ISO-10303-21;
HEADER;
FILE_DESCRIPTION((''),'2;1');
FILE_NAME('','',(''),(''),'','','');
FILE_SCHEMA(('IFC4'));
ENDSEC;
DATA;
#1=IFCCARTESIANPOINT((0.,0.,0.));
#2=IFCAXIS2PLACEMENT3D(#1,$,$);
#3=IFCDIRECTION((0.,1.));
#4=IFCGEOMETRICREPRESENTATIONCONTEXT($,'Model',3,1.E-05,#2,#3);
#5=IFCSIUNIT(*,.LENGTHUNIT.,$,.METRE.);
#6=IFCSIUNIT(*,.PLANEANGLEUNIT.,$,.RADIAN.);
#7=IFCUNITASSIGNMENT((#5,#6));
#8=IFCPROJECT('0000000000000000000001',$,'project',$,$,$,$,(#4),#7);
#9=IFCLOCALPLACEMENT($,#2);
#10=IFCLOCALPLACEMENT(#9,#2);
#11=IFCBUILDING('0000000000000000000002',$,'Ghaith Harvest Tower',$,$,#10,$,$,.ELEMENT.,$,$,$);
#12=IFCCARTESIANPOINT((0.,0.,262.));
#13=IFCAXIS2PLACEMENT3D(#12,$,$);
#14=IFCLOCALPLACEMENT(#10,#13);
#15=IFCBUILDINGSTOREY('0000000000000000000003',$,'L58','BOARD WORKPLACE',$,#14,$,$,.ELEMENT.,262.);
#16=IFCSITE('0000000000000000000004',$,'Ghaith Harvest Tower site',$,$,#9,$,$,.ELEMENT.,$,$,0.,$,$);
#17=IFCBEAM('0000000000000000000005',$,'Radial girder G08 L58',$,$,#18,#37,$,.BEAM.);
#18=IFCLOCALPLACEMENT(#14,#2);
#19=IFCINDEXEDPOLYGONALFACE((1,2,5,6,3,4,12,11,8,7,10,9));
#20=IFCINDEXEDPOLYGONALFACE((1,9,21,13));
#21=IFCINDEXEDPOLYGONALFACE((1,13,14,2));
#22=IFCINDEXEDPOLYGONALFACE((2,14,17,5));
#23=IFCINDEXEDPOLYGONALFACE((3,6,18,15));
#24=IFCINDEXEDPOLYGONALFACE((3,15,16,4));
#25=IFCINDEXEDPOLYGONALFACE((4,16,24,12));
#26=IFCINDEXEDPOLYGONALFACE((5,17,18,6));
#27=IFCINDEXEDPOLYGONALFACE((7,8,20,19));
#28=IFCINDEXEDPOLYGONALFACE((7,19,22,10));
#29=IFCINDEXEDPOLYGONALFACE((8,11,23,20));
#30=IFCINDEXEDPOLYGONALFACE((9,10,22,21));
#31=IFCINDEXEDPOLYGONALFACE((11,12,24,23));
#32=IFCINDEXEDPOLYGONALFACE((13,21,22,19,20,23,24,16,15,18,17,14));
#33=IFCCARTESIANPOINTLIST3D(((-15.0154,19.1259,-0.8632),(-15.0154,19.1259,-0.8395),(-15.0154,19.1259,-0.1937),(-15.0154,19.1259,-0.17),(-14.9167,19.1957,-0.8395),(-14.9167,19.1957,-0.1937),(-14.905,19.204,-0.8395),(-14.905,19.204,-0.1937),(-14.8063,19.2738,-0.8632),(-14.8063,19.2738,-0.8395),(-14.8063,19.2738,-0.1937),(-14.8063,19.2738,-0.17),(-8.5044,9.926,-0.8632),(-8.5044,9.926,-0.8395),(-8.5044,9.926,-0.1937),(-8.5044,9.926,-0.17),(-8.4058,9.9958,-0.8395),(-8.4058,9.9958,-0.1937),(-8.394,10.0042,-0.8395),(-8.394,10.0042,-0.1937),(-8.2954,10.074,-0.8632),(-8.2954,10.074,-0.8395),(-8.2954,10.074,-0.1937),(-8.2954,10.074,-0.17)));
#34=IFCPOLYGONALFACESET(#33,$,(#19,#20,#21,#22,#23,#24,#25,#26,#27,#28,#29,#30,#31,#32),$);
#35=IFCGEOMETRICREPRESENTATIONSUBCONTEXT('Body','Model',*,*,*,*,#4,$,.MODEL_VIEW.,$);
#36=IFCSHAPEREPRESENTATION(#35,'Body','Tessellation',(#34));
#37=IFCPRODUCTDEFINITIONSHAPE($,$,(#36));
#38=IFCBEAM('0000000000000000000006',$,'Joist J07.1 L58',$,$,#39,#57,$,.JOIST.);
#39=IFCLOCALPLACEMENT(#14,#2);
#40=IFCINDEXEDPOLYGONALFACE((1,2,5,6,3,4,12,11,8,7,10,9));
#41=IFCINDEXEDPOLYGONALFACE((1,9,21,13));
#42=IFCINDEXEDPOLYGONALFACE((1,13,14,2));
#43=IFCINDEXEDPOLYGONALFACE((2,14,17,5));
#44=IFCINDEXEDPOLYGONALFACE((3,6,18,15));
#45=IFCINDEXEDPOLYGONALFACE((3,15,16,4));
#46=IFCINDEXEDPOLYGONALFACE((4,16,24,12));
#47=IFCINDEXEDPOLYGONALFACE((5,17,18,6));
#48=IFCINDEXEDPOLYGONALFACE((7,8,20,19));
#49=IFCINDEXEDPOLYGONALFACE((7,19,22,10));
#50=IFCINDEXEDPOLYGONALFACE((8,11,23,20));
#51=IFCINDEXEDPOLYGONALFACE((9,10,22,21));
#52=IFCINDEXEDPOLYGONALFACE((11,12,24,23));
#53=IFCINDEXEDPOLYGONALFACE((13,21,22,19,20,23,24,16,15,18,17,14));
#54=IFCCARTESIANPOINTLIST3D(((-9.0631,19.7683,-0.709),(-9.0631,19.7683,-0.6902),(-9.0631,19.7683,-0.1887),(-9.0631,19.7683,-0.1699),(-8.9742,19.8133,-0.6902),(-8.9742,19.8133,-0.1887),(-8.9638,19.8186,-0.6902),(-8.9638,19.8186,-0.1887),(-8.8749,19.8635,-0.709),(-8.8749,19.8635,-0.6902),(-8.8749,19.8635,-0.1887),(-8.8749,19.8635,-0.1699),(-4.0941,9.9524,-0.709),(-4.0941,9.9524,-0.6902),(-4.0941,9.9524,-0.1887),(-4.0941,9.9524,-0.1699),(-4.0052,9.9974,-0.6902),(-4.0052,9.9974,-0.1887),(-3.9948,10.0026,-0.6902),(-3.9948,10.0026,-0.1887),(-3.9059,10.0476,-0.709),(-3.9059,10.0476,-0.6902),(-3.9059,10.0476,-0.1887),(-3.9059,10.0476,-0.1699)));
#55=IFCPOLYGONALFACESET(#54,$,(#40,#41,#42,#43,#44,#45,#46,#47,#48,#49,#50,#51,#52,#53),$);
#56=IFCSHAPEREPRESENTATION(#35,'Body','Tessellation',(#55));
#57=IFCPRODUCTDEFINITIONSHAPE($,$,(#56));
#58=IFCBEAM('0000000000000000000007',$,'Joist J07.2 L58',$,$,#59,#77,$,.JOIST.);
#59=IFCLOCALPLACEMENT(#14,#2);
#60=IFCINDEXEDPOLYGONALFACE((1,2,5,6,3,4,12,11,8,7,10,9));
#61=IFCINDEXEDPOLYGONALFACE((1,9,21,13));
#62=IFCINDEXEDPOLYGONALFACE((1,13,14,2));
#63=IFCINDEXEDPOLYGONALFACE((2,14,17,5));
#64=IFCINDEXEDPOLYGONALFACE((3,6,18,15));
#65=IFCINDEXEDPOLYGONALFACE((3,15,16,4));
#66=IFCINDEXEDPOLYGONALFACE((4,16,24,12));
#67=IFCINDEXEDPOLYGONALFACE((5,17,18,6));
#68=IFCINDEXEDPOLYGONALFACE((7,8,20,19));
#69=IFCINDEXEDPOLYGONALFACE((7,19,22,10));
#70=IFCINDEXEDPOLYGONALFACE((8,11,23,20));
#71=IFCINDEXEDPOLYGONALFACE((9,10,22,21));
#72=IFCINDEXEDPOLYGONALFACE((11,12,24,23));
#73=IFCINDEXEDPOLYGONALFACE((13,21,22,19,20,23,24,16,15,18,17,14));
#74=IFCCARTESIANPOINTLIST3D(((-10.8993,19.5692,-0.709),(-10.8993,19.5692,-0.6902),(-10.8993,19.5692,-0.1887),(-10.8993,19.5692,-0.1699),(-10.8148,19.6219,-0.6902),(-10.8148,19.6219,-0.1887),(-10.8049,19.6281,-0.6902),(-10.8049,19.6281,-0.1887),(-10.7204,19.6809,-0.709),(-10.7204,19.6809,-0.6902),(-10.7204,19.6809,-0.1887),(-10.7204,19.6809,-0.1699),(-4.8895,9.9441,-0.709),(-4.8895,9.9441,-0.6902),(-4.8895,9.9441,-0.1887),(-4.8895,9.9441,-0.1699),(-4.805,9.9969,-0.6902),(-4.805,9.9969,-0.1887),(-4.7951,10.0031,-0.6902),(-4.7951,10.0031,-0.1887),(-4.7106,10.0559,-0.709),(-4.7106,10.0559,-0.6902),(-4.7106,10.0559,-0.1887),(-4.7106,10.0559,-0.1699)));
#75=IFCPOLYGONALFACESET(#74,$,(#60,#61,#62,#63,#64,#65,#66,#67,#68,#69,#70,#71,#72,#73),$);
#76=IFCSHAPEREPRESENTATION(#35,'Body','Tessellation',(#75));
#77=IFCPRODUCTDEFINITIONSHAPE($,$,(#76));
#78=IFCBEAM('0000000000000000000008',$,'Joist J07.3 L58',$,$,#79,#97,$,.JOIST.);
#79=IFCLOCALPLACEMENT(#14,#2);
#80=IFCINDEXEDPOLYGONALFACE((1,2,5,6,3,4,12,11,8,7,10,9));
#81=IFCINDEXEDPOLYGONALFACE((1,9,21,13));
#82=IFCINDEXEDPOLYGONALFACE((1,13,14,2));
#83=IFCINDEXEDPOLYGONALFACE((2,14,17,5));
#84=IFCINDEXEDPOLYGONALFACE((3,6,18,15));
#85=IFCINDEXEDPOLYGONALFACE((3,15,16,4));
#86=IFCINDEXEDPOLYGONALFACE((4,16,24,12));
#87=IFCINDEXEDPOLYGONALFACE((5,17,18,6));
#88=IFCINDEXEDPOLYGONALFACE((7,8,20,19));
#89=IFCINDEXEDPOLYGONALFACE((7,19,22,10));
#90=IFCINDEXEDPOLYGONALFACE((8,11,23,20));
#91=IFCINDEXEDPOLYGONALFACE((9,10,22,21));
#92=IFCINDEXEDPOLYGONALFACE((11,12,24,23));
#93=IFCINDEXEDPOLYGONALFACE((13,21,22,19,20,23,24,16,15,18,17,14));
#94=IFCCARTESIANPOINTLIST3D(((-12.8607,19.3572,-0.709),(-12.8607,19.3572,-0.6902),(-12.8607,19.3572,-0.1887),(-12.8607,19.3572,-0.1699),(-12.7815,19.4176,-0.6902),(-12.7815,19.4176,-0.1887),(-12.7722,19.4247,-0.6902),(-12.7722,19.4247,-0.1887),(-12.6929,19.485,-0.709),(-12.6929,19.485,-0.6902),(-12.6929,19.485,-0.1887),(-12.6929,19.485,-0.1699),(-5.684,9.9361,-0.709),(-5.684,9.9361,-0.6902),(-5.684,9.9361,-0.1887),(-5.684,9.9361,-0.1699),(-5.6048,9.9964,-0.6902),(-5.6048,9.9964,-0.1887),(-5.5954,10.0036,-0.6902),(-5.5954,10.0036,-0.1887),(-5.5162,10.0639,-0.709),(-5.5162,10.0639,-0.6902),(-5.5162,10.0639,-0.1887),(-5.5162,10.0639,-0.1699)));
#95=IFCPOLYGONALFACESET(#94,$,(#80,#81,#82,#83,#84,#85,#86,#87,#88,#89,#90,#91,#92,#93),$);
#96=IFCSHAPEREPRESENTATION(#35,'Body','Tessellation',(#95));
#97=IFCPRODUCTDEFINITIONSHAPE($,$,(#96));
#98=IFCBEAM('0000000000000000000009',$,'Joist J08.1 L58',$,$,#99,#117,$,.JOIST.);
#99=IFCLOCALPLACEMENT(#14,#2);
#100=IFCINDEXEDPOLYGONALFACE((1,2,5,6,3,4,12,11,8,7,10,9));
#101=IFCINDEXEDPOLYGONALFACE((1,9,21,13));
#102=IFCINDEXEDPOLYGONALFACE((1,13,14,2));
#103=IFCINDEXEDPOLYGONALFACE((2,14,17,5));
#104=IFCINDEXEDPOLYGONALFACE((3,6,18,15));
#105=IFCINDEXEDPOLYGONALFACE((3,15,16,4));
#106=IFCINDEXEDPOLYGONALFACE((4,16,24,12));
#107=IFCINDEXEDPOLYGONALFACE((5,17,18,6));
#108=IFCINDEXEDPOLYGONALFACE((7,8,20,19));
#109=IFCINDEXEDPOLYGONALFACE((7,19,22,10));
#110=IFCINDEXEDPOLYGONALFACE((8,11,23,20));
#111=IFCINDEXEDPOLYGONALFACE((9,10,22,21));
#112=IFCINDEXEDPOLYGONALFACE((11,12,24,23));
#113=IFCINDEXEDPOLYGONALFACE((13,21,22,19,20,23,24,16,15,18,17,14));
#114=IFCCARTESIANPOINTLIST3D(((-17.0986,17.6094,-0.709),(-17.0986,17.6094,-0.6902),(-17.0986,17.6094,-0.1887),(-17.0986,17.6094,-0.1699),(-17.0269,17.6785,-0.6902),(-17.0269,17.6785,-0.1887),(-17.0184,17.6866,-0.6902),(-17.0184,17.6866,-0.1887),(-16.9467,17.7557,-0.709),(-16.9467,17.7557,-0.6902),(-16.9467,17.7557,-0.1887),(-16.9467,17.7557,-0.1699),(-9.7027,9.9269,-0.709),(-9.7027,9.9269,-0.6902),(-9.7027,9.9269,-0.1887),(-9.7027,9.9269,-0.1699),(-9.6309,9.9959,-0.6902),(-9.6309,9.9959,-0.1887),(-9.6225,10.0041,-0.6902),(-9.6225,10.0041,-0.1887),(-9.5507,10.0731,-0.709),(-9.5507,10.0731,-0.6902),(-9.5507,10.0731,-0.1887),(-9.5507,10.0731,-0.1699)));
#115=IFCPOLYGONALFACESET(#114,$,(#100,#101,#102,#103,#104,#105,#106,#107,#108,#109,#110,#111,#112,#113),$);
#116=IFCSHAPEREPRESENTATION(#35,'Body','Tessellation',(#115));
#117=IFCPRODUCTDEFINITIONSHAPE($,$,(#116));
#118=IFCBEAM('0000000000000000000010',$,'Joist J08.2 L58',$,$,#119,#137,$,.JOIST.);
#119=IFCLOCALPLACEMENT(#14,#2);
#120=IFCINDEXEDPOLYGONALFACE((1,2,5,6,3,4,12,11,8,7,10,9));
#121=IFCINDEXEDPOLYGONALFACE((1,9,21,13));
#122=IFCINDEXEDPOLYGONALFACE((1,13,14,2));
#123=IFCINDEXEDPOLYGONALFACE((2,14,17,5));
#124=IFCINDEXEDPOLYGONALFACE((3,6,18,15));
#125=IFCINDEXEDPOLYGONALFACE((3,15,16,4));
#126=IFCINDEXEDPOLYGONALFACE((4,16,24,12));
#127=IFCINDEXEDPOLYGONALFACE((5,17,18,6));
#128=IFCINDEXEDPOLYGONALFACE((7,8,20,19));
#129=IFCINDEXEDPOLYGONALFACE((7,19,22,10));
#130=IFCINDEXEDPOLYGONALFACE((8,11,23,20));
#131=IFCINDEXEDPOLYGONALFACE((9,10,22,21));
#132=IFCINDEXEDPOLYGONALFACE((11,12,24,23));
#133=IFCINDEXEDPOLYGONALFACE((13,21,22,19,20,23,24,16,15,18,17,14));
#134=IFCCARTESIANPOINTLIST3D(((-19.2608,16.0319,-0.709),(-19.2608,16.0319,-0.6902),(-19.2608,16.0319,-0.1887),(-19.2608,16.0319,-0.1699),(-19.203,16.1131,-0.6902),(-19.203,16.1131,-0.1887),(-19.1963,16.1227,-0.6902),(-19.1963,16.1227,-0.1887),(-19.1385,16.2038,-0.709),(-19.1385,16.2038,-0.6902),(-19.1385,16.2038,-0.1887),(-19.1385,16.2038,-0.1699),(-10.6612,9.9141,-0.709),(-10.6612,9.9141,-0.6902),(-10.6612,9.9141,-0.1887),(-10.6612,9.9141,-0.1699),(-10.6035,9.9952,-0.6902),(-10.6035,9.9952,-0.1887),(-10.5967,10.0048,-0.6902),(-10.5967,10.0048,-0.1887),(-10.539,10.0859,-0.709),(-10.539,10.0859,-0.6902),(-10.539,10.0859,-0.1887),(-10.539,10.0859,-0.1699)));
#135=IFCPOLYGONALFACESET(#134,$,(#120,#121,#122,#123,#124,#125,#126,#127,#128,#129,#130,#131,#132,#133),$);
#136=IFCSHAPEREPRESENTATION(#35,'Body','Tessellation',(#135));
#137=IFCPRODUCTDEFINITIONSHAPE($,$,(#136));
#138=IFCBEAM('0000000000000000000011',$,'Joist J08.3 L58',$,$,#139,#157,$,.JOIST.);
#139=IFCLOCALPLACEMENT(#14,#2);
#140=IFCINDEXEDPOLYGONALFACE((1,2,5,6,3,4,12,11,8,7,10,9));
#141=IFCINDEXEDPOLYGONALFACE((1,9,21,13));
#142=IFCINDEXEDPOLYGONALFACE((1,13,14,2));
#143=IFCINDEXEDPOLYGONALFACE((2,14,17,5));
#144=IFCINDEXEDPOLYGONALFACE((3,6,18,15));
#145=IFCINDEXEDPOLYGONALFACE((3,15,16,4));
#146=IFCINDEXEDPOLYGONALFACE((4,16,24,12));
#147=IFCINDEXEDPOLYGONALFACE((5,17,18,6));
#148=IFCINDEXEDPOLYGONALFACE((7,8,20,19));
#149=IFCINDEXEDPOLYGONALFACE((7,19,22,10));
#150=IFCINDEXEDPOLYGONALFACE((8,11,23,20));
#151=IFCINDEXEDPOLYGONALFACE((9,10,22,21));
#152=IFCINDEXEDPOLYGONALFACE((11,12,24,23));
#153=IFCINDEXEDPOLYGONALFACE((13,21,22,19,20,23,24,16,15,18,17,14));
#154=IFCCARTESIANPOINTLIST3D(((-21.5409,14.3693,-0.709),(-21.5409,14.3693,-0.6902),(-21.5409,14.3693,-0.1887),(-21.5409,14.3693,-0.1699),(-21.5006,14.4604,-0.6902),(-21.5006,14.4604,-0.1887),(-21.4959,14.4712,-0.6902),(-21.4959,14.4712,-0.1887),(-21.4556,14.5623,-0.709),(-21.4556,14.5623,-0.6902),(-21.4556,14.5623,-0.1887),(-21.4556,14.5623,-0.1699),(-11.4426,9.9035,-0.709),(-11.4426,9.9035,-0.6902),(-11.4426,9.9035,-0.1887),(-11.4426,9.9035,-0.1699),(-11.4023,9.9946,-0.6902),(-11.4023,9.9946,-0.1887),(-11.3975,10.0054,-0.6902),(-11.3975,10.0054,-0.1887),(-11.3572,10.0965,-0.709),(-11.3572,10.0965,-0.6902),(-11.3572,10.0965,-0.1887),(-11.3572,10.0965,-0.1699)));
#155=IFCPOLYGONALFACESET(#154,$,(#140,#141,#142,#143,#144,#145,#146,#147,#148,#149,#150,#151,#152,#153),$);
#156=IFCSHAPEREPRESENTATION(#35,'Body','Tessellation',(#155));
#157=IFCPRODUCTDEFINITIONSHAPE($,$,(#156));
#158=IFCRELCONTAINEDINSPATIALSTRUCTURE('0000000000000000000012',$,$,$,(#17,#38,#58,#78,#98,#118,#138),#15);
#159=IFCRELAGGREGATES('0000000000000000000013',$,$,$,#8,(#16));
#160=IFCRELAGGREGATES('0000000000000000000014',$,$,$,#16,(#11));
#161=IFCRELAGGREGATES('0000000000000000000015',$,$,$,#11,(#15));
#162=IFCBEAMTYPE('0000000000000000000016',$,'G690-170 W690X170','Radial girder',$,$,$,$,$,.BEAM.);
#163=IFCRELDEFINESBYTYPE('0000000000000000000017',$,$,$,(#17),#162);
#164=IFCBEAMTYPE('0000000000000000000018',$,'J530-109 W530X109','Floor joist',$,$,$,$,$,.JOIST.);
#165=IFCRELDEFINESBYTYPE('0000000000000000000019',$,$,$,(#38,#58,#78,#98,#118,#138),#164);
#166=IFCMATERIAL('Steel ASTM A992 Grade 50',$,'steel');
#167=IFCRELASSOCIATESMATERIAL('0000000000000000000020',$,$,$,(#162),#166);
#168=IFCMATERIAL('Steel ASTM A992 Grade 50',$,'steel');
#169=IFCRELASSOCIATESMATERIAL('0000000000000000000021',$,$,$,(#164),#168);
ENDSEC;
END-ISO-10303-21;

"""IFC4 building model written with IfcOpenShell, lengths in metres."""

from ifc_helpers import new_model, si_unit, direction, frame, origin, origin_2d, place, context, subcontext, project, spatial, i_section, extrude, material, material_profile, profile_set, type_object, element, save


model = new_model("IFC4")

# Units and contexts
model_context = context("Model", 3, precision=1e-05, world=origin(), true_north=direction((0.0, 1.0)))
body_context = subcontext(model_context, "Body", "Model", "MODEL_VIEW")
ifc_project = project(units=[si_unit("LENGTHUNIT", "METRE"), si_unit("PLANEANGLEUNIT", "RADIAN")], contexts=[model_context])

# Site, building, storey
site_placement = place(None, origin())
site = spatial("IfcSite", under=ifc_project, at=site_placement, Name="Ghaith Harvest Tower site", CompositionType="ELEMENT", RefElevation=0.0)
building_placement = place(site_placement, origin())
building = spatial("IfcBuilding", under=site, at=building_placement, Name="Ghaith Harvest Tower", CompositionType="ELEMENT")
storey_placement = place(building_placement, frame((0.0, 0.0, 262.0)))
storey = spatial("IfcBuildingStorey", under=building, at=storey_placement, Name="L58", Description="BOARD WORKPLACE", CompositionType="ELEMENT", Elevation=262.0)

# Beams
ifc_material_1 = material(Name="Steel ASTM A992 Grade 50", Category="steel")
ifc_material_profile_1 = material_profile(ifc_material_1, i_section(OverallWidth=0.2561, OverallDepth=0.6931, WebThickness=0.0144, FlangeThickness=0.0237, at=origin_2d()), Name="W690X170")
ifc_profile_set_1 = profile_set([ifc_material_profile_1], Name="Steel ASTM A992 Grade 50")
beam_type_1 = type_object("IfcBeamType", Name="G690-170 W690X170", Description="Radial girder", PredefinedType="BEAM", material=ifc_profile_set_1)
beam_1_placement = place(storey_placement, frame((-8.3999, 10.0, -0.5166), z_axis=(-0.577684, 0.816261, 0.0), x_axis=(-0.816261, -0.577684, 0.0)))
element("IfcBeam", 1, at=beam_1_placement, inside=storey, type_object=beam_type_1, Name="Radial girder G08 L58", PredefinedType="BEAM", context=body_context, shape_type="SweptSolid", body=[
    extrude(i_section(OverallWidth=0.2561, OverallDepth=0.6931, WebThickness=0.0144, FlangeThickness=0.0237, at=origin_2d()), origin(), (0.0, 0.0, 1.0), 11.2708),
])
ifc_material_2 = material(Name="Steel ASTM A992 Grade 50", Category="steel")
ifc_material_profile_2 = material_profile(ifc_material_2, i_section(OverallWidth=0.2109, OverallDepth=0.5391, WebThickness=0.0117, FlangeThickness=0.0188, at=origin_2d()), Name="W530X109")
ifc_profile_set_2 = profile_set([ifc_material_profile_2], Name="Steel ASTM A992 Grade 50")
beam_type_2 = type_object("IfcBeamType", Name="J530-109 W530X109", Description="Floor joist", PredefinedType="JOIST", material=ifc_profile_set_2)
beam_2_placement = place(storey_placement, frame((-4.0, 10.0, -0.4395), z_axis=(-0.451646, 0.892197, 0.0), x_axis=(-0.892197, -0.451646, 0.0)))
element("IfcBeam", 2, at=beam_2_placement, inside=storey, type_object=beam_type_2, Name="Joist J07.1 L58", PredefinedType="JOIST", context=body_context, shape_type="SweptSolid", body=[
    extrude(i_section(OverallWidth=0.2109, OverallDepth=0.5391, WebThickness=0.0117, FlangeThickness=0.0188, at=origin_2d()), origin(), (0.0, 0.0, 1.0), 11.002),
])
beam_3_placement = place(storey_placement, frame((-4.8, 10.0, -0.4395), z_axis=(-0.529628, 0.84823, 0.0), x_axis=(-0.84823, -0.529628, 0.0)))
element("IfcBeam", 3, at=beam_3_placement, inside=storey, type_object=beam_type_2, Name="Joist J07.2 L58", PredefinedType="JOIST", context=body_context, shape_type="SweptSolid", body=[
    extrude(i_section(OverallWidth=0.2109, OverallDepth=0.5391, WebThickness=0.0117, FlangeThickness=0.0188, at=origin_2d()), origin(), (0.0, 0.0, 1.0), 11.3472),
])
beam_4_placement = place(storey_placement, frame((-5.6001, 10.0, -0.4395), z_axis=(-0.605976, 0.795483, 0.0), x_axis=(-0.795483, -0.605976, 0.0)))
element("IfcBeam", 4, at=beam_4_placement, inside=storey, type_object=beam_type_2, Name="Joist J07.3 L58", PredefinedType="JOIST", context=body_context, shape_type="SweptSolid", body=[
    extrude(i_section(OverallWidth=0.2109, OverallDepth=0.5391, WebThickness=0.0117, FlangeThickness=0.0188, at=origin_2d()), origin(), (0.0, 0.0, 1.0), 11.8433),
])
beam_5_placement = place(storey_placement, frame((-9.6267, 10.0, -0.4395), z_axis=(-0.69354, 0.720418, 0.0), x_axis=(-0.720418, -0.69354, 0.0)))
element("IfcBeam", 5, at=beam_5_placement, inside=storey, type_object=beam_type_2, Name="Joist J08.1 L58", PredefinedType="JOIST", context=body_context, shape_type="SweptSolid", body=[
    extrude(i_section(OverallWidth=0.2109, OverallDepth=0.5391, WebThickness=0.0117, FlangeThickness=0.0188, at=origin_2d()), origin(), (0.0, 0.0, 1.0), 10.6641),
])
beam_6_placement = place(storey_placement, frame((-10.6001, 10.0, -0.4395), z_axis=(-0.814837, 0.57969, 0.0), x_axis=(-0.57969, -0.814837, 0.0)))
element("IfcBeam", 6, at=beam_6_placement, inside=storey, type_object=beam_type_2, Name="Joist J08.2 L58", PredefinedType="JOIST", context=body_context, shape_type="SweptSolid", body=[
    extrude(i_section(OverallWidth=0.2109, OverallDepth=0.5391, WebThickness=0.0117, FlangeThickness=0.0188, at=origin_2d()), origin(), (0.0, 0.0, 1.0), 10.5537),
])
beam_7_placement = place(storey_placement, frame((-11.3999, 10.0, -0.4395), z_axis=(-0.914561, 0.404447, 0.0), x_axis=(-0.404447, -0.914561, 0.0)))
element("IfcBeam", 7, at=beam_7_placement, inside=storey, type_object=beam_type_2, Name="Joist J08.3 L58", PredefinedType="JOIST", context=body_context, shape_type="SweptSolid", body=[
    extrude(i_section(OverallWidth=0.2109, OverallDepth=0.5391, WebThickness=0.0117, FlangeThickness=0.0188, at=origin_2d()), origin(), (0.0, 0.0, 1.0), 11.0417),
])

save(model, "model.ifc")
